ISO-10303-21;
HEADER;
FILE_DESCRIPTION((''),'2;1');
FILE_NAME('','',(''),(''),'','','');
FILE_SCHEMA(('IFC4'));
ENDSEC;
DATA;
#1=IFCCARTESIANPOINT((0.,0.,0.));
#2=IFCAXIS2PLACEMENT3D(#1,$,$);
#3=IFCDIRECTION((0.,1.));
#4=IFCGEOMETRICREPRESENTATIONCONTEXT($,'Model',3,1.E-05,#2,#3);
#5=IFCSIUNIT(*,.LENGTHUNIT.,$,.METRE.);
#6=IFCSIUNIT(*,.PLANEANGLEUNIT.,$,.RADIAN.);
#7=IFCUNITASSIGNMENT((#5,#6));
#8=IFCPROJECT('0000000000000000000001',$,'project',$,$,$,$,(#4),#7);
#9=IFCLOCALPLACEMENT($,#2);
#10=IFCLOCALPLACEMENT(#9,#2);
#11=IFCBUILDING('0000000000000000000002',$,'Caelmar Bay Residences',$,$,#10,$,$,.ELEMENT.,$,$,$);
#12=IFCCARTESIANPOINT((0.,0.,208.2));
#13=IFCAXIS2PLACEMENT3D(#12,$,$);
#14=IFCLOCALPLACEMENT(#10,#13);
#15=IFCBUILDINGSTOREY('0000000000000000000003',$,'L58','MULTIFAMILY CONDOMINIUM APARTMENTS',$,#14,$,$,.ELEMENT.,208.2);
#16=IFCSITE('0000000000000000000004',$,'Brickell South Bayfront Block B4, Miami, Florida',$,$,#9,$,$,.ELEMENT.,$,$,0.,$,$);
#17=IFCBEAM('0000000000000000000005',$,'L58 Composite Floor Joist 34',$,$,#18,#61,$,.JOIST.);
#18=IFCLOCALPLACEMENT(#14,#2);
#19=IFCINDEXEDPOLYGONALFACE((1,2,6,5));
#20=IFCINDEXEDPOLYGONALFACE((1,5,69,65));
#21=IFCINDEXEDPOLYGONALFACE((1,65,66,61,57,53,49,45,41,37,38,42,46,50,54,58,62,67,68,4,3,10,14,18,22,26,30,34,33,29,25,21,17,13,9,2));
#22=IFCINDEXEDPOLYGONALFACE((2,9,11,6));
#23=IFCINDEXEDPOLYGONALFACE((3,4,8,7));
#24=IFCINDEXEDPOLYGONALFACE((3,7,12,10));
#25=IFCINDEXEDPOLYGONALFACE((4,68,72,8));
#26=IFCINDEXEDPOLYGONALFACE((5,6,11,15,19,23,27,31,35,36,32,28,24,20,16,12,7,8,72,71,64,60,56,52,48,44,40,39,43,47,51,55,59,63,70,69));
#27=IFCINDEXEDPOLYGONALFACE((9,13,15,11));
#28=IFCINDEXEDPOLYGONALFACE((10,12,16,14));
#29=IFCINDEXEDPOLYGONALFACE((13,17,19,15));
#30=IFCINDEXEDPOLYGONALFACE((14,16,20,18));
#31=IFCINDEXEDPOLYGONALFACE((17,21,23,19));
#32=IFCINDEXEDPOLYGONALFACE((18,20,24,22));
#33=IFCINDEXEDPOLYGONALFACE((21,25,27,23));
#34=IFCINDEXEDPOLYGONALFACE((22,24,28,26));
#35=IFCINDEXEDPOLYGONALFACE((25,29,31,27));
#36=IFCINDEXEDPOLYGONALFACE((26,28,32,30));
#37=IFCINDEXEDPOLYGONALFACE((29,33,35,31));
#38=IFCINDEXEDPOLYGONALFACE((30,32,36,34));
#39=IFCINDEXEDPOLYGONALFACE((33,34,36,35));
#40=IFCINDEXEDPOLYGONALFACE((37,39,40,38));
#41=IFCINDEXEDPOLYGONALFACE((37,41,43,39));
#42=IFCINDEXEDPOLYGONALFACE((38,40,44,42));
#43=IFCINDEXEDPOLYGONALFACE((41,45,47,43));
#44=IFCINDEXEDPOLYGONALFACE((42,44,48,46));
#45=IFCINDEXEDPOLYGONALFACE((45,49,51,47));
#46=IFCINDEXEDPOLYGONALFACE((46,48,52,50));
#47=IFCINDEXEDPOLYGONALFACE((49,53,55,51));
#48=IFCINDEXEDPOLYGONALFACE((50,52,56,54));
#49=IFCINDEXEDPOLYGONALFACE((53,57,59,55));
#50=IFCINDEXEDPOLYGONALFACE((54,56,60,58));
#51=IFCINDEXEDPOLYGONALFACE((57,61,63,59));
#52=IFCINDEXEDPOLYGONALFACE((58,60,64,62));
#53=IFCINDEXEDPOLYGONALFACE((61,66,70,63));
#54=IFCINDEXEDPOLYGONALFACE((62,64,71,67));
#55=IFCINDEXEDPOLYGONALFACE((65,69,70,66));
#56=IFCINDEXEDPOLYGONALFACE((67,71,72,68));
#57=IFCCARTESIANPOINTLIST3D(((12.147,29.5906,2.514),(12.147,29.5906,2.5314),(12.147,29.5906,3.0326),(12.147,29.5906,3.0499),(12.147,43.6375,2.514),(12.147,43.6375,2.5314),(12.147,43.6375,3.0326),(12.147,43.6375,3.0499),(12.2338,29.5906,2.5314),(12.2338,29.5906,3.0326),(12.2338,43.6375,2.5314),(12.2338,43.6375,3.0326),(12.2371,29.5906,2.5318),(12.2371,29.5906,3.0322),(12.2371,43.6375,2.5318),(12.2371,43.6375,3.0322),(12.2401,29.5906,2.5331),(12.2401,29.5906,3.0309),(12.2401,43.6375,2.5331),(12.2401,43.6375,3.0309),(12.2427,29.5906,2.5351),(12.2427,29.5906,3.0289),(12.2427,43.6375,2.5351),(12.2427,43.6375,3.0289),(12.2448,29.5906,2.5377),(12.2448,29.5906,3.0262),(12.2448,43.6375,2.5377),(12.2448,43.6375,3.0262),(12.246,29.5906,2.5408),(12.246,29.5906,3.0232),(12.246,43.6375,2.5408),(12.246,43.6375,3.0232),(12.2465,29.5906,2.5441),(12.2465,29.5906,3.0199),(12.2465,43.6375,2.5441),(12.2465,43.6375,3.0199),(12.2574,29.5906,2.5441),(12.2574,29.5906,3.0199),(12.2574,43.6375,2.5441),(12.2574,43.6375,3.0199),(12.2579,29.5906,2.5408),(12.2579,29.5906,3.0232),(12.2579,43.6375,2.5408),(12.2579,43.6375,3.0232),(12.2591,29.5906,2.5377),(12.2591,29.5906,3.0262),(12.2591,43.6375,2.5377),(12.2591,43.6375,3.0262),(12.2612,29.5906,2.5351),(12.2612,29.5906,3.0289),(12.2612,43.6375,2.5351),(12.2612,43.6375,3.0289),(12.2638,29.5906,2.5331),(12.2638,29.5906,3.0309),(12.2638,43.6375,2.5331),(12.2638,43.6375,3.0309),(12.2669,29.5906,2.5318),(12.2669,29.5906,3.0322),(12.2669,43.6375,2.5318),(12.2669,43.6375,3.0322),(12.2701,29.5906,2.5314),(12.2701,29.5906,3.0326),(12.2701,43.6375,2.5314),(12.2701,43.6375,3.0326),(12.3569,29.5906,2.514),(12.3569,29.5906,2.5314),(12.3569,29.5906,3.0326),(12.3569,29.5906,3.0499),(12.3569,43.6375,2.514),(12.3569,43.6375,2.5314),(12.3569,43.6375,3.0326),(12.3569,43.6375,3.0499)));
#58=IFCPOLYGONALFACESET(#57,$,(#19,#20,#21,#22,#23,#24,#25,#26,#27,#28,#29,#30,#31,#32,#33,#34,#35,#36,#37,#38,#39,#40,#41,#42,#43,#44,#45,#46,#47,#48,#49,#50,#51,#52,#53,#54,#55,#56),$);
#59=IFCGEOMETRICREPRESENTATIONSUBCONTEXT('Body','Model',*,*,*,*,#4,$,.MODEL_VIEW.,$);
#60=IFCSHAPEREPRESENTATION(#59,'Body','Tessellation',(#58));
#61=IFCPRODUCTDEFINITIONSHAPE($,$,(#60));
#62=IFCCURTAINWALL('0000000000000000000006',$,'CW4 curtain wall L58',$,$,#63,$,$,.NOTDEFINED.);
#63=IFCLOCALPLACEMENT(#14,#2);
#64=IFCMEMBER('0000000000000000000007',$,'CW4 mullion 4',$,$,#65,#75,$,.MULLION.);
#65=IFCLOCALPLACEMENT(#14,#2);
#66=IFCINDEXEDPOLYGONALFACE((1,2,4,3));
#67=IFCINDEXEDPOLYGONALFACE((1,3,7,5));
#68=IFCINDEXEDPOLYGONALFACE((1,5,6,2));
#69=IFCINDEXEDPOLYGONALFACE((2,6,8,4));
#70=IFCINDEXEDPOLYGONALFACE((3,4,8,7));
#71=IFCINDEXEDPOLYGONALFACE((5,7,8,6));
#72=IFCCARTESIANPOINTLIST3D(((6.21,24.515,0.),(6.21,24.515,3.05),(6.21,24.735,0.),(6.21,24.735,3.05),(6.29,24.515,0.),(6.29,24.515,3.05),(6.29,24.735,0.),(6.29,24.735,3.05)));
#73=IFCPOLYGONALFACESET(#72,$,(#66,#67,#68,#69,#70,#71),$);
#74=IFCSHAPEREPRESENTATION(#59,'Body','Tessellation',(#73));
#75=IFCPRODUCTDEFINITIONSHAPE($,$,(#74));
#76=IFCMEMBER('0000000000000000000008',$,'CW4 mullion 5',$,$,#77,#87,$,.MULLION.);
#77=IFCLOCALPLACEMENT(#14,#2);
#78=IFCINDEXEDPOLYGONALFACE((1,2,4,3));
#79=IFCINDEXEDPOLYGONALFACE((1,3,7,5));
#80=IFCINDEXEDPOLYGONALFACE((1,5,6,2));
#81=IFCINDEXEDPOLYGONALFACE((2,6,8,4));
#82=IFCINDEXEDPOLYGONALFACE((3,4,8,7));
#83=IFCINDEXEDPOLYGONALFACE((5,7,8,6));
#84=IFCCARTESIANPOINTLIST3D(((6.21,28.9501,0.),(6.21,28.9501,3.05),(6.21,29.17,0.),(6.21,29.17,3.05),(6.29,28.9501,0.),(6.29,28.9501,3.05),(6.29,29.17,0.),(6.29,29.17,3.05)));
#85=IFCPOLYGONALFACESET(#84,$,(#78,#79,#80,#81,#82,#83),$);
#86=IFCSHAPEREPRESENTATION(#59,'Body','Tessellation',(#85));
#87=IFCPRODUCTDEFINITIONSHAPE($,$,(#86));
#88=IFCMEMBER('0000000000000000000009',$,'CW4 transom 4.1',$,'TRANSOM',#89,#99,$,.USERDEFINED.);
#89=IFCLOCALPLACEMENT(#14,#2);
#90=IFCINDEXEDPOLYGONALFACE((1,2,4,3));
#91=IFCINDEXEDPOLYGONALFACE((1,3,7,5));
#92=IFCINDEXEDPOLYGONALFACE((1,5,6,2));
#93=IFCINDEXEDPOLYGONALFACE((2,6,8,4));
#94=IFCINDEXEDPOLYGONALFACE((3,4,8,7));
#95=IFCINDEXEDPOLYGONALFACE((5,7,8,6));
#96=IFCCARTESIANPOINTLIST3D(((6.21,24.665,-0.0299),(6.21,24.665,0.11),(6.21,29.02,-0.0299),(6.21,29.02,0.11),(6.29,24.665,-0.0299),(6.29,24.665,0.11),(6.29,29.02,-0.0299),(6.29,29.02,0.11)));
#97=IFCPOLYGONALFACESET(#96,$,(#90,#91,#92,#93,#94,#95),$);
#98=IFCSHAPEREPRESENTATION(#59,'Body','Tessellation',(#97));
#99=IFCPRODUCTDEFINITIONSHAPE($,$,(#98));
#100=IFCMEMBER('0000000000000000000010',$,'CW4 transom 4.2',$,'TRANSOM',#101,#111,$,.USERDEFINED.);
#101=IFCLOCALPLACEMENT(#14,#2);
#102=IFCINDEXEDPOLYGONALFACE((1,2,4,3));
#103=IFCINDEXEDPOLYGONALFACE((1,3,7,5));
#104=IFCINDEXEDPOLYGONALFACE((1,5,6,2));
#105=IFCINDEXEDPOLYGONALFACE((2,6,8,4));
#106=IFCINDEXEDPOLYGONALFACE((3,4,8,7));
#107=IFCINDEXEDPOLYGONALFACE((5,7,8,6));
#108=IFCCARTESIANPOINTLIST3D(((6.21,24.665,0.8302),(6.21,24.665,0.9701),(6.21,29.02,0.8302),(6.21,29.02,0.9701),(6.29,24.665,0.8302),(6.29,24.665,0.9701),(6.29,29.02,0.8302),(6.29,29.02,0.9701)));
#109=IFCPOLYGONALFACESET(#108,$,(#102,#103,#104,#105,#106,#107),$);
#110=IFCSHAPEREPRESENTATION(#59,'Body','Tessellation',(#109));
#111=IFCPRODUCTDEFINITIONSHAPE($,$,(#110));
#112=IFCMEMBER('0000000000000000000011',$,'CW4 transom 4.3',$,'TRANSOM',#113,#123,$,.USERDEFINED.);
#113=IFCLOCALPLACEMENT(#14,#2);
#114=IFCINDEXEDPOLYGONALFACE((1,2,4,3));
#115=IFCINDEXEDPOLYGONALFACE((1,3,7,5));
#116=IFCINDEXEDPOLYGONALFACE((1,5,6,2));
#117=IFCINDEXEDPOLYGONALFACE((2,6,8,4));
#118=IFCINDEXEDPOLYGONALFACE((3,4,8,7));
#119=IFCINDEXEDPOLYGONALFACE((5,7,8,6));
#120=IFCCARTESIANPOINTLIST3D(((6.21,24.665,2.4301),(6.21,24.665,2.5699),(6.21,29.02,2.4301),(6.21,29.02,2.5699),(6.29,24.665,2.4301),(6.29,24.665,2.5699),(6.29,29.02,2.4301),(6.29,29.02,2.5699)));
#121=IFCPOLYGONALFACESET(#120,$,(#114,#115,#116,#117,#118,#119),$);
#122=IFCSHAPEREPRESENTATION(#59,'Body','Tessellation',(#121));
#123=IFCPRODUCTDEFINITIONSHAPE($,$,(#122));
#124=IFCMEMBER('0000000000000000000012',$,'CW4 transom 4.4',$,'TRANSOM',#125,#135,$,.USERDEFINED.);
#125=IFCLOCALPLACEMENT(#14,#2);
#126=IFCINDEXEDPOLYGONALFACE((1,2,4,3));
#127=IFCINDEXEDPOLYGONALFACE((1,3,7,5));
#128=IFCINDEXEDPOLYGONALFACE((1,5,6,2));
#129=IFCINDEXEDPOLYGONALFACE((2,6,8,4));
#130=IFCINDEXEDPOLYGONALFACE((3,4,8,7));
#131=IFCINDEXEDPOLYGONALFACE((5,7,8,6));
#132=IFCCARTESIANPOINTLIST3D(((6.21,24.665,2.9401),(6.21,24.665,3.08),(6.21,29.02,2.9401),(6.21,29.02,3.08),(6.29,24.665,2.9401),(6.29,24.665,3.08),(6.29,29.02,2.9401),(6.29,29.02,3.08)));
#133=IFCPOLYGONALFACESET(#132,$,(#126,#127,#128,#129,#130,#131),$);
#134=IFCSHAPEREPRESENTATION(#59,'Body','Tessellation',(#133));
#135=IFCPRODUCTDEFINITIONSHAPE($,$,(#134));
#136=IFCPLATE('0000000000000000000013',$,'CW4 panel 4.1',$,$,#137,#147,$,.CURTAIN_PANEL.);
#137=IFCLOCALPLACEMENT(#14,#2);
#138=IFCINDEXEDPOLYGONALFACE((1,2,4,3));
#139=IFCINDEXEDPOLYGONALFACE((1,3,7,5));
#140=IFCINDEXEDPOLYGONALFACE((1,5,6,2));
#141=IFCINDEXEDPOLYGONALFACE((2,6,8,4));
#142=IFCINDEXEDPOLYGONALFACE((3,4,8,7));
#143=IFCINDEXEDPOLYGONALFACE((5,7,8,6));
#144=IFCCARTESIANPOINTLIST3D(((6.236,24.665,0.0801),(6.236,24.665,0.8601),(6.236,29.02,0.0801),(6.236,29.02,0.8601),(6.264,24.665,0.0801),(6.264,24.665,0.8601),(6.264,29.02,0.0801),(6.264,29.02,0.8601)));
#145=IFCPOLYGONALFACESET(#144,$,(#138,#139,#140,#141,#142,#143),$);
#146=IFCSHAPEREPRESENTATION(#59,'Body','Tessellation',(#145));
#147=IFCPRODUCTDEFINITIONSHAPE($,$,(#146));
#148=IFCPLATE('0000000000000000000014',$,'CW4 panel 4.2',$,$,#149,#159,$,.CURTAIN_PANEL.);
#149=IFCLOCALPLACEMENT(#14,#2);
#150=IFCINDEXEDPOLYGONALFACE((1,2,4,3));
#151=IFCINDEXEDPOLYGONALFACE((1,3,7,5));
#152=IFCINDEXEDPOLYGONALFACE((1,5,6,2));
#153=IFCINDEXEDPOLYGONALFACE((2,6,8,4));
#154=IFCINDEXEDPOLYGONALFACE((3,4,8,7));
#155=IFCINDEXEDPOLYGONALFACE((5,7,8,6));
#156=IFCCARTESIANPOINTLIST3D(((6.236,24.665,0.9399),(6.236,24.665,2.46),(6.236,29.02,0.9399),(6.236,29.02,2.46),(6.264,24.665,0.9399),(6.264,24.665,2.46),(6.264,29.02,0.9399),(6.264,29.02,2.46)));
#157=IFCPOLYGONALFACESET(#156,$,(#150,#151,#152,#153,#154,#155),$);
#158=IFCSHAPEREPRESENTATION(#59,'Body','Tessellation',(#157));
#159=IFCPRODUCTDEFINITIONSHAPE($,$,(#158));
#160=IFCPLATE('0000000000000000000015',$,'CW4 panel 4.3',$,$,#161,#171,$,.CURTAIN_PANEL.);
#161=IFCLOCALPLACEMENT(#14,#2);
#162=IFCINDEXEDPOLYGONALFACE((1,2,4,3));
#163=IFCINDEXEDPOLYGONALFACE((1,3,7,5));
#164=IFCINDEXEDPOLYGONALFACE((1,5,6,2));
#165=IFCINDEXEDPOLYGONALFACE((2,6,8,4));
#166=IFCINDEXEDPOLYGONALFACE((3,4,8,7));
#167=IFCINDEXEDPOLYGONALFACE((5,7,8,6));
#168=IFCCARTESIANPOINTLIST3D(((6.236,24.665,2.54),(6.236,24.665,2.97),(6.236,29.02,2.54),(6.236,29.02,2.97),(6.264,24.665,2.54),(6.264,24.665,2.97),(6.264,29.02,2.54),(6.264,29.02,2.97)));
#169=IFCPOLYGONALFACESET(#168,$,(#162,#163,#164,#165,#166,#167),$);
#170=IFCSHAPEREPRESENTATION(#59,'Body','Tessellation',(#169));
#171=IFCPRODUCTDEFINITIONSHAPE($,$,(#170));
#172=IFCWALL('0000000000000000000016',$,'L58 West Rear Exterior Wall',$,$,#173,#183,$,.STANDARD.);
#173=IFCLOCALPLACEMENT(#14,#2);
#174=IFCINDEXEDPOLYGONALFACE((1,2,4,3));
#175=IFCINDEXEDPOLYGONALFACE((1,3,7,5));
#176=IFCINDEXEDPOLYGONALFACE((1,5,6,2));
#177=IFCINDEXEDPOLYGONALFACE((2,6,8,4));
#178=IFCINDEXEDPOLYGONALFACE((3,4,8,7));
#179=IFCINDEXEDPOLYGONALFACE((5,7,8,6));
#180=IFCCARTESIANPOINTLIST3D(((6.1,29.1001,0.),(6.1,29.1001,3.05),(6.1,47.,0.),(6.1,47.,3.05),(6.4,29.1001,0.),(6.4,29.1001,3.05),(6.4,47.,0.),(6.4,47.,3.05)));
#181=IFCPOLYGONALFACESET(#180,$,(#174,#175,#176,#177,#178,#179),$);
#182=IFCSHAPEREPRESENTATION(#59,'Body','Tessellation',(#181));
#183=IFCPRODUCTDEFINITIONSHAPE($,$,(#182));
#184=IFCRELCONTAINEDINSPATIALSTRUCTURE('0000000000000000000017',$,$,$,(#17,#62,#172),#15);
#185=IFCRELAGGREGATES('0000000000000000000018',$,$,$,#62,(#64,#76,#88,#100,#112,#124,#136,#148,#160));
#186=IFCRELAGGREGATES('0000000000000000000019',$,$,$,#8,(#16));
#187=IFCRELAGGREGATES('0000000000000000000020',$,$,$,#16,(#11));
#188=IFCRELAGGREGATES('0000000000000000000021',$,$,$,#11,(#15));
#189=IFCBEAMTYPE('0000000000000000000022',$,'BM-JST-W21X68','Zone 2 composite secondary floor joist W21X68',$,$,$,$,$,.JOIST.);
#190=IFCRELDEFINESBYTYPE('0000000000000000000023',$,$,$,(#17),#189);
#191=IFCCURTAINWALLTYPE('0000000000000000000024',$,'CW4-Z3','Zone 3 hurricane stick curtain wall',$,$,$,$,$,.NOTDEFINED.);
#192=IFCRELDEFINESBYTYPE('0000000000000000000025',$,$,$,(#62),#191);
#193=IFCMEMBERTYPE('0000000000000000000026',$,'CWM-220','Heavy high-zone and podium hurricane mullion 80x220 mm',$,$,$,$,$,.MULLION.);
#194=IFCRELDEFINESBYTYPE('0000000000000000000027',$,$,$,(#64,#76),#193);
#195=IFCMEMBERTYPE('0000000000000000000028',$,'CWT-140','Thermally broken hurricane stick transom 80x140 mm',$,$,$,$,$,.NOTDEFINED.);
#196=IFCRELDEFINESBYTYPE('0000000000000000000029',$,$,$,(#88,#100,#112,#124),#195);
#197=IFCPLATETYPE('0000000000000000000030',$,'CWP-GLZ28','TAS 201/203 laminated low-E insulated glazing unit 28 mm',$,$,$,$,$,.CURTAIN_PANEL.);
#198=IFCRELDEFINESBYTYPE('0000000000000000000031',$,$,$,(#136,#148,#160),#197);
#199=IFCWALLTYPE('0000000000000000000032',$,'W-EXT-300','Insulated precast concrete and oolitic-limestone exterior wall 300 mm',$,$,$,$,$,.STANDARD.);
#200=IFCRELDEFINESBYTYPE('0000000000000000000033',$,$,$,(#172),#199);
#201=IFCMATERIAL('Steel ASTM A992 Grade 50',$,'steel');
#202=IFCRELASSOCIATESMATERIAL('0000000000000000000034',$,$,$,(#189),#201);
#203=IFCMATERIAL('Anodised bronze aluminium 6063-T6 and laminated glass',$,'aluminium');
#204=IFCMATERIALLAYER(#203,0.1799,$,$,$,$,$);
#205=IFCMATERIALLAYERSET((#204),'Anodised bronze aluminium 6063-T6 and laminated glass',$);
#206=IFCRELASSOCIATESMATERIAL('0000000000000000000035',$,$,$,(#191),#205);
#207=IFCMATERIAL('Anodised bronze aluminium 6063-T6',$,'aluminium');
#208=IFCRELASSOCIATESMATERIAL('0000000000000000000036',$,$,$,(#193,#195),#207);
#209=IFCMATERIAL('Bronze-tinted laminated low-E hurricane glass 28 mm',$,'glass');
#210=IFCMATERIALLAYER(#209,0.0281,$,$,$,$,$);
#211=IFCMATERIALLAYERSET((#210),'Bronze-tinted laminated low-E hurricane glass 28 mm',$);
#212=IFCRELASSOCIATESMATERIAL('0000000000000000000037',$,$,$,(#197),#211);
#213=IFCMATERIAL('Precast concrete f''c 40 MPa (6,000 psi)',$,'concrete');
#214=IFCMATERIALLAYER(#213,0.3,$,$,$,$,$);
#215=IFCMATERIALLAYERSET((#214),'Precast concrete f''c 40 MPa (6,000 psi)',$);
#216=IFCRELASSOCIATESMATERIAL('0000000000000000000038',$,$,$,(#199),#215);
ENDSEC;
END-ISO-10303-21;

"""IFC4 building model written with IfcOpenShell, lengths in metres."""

from ifc_helpers import new_model, si_unit, direction, frame, frame_2d, origin, origin_2d, place, context, subcontext, project, spatial, rectangle, i_section, extrude, material, layer, layer_set, material_profile, profile_set, type_object, element, aggregate, save


model = new_model("IFC4")

# Units and contexts
model_context = context("Model", 3, precision=1e-05, world=origin(), true_north=direction((0.0, 1.0)))
body_context = subcontext(model_context, "Body", "Model", "MODEL_VIEW")
ifc_project = project(units=[si_unit("LENGTHUNIT", "METRE"), si_unit("PLANEANGLEUNIT", "RADIAN")], contexts=[model_context])

# Site, building, storey
site_placement = place(None, origin())
site = spatial("IfcSite", under=ifc_project, at=site_placement, Name="Brickell South Bayfront Block B4, Miami, Florida", CompositionType="ELEMENT", RefElevation=0.0)
building_placement = place(site_placement, origin())
building = spatial("IfcBuilding", under=site, at=building_placement, Name="Caelmar Bay Residences", CompositionType="ELEMENT")
storey_placement = place(building_placement, frame((0.0, 0.0, 208.2)))
storey = spatial("IfcBuildingStorey", under=building, at=storey_placement, Name="L58", Description="MULTIFAMILY CONDOMINIUM APARTMENTS", CompositionType="ELEMENT", Elevation=208.2)

# Beam
ifc_material_1 = material(Name="Steel ASTM A992 Grade 50", Category="steel")
ifc_material_profile_1 = material_profile(ifc_material_1, i_section(OverallWidth=0.21, OverallDepth=0.5359, WebThickness=0.011, FlangeThickness=0.0173, FilletRadius=0.0127, at=origin_2d()), Name="W21X68")
ifc_profile_set_1 = profile_set([ifc_material_profile_1], Name="Steel ASTM A992 Grade 50")
beam_type_1 = type_object("IfcBeamType", Name="BM-JST-W21X68", Description="Zone 2 composite secondary floor joist W21X68", PredefinedType="JOIST", material=ifc_profile_set_1)
beam_1_placement = place(storey_placement, frame((12.252, 29.5906, 2.782), z_axis=(0.0, 1.0, 0.0), x_axis=(-1.0, 0.0, 0.0)))
element("IfcBeam", 1, at=beam_1_placement, inside=storey, type_object=beam_type_1, Name="L58 Composite Floor Joist 34", PredefinedType="JOIST", context=body_context, shape_type="SweptSolid", body=[
    extrude(i_section(OverallWidth=0.21, OverallDepth=0.5359, WebThickness=0.011, FlangeThickness=0.0173, FilletRadius=0.0127, at=origin_2d()), origin(), (0.0, 0.0, 1.0), 14.0469),
])

# Curtain wall, members, plates
ifc_material_2 = material(Name="Anodised bronze aluminium 6063-T6 and laminated glass", Category="aluminium")
ifc_layer_1 = layer(ifc_material_2, 0.1799)
ifc_layer_set_1 = layer_set([ifc_layer_1], Name="Anodised bronze aluminium 6063-T6 and laminated glass")
curtain_wall_type = type_object("IfcCurtainWallType", Name="CW4-Z3", Description="Zone 3 hurricane stick curtain wall", PredefinedType="NOTDEFINED", material=ifc_layer_set_1)
curtain_wall_placement = place(storey_placement, origin())
curtain_wall = element("IfcCurtainWall", 2, at=curtain_wall_placement, inside=storey, type_object=curtain_wall_type, Name="CW4 curtain wall L58", PredefinedType="NOTDEFINED")
ifc_material_3 = material(Name="Anodised bronze aluminium 6063-T6", Category="aluminium")
ifc_material_profile_2 = material_profile(ifc_material_3, rectangle(XDim=0.0801, YDim=0.22, at=origin_2d()), Name="CWM-80X220")
ifc_profile_set_2 = profile_set([ifc_material_profile_2], Name="Anodised bronze aluminium 6063-T6")
member_type_1 = type_object("IfcMemberType", Name="CWM-220", Description="Heavy high-zone and podium hurricane mullion 80x220 mm", PredefinedType="MULLION", material=ifc_profile_set_2)
member_1_placement = place(storey_placement, frame((6.25, 24.625, 0.0), z_axis=(0.0, 0.0, 1.0), x_axis=(-1.0, 0.0, 0.0)))
member_1 = element("IfcMember", 3, at=member_1_placement, type_object=member_type_1, Name="CW4 mullion 4", PredefinedType="MULLION", context=body_context, shape_type="SweptSolid", body=[
    extrude(rectangle(XDim=0.0801, YDim=0.22, at=origin_2d()), origin(), (0.0, 0.0, 1.0), 3.05),
])
member_2_placement = place(storey_placement, frame((6.25, 29.0601, 0.0), z_axis=(0.0, 0.0, 1.0), x_axis=(-1.0, 0.0, 0.0)))
member_2 = element("IfcMember", 4, at=member_2_placement, type_object=member_type_1, Name="CW4 mullion 5", PredefinedType="MULLION", context=body_context, shape_type="SweptSolid", body=[
    extrude(rectangle(XDim=0.0801, YDim=0.22, at=origin_2d()), origin(), (0.0, 0.0, 1.0), 3.05),
])
ifc_material_profile_3 = material_profile(ifc_material_3, rectangle(XDim=0.0801, YDim=0.1399, at=origin_2d()), Name="CWT-80X140")
ifc_profile_set_3 = profile_set([ifc_material_profile_3], Name="Anodised bronze aluminium 6063-T6")
member_type_2 = type_object("IfcMemberType", Name="CWT-140", Description="Thermally broken hurricane stick transom 80x140 mm", PredefinedType="NOTDEFINED", material=ifc_profile_set_3)
member_3_placement = place(storey_placement, frame((6.25, 24.665, 0.04), z_axis=(0.0, 1.0, 0.0), x_axis=(-1.0, 0.0, 0.0)))
member_3 = element("IfcMember", 5, at=member_3_placement, type_object=member_type_2, Name="CW4 transom 4.1", ObjectType="TRANSOM", PredefinedType="USERDEFINED", context=body_context, shape_type="SweptSolid", body=[
    extrude(rectangle(XDim=0.0801, YDim=0.1399, at=origin_2d()), origin(), (0.0, 0.0, 1.0), 4.355),
])
member_4_placement = place(storey_placement, frame((6.25, 24.665, 0.9001), z_axis=(0.0, 1.0, 0.0), x_axis=(-1.0, 0.0, 0.0)))
member_4 = element("IfcMember", 6, at=member_4_placement, type_object=member_type_2, Name="CW4 transom 4.2", ObjectType="TRANSOM", PredefinedType="USERDEFINED", context=body_context, shape_type="SweptSolid", body=[
    extrude(rectangle(XDim=0.0801, YDim=0.1399, at=origin_2d()), origin(), (0.0, 0.0, 1.0), 4.355),
])
member_5_placement = place(storey_placement, frame((6.25, 24.665, 2.5), z_axis=(0.0, 1.0, 0.0), x_axis=(-1.0, 0.0, 0.0)))
member_5 = element("IfcMember", 7, at=member_5_placement, type_object=member_type_2, Name="CW4 transom 4.3", ObjectType="TRANSOM", PredefinedType="USERDEFINED", context=body_context, shape_type="SweptSolid", body=[
    extrude(rectangle(XDim=0.0801, YDim=0.1399, at=origin_2d()), origin(), (0.0, 0.0, 1.0), 4.355),
])
member_6_placement = place(storey_placement, frame((6.25, 24.665, 3.01), z_axis=(0.0, 1.0, 0.0), x_axis=(-1.0, 0.0, 0.0)))
member_6 = element("IfcMember", 8, at=member_6_placement, type_object=member_type_2, Name="CW4 transom 4.4", ObjectType="TRANSOM", PredefinedType="USERDEFINED", context=body_context, shape_type="SweptSolid", body=[
    extrude(rectangle(XDim=0.0801, YDim=0.1399, at=origin_2d()), origin(), (0.0, 0.0, 1.0), 4.355),
])
ifc_material_4 = material(Name="Bronze-tinted laminated low-E hurricane glass 28 mm", Category="glass")
ifc_layer_2 = layer(ifc_material_4, 0.0281)
ifc_layer_set_2 = layer_set([ifc_layer_2], Name="Bronze-tinted laminated low-E hurricane glass 28 mm")
plate_type = type_object("IfcPlateType", Name="CWP-GLZ28", Description="TAS 201/203 laminated low-E insulated glazing unit 28 mm", PredefinedType="CURTAIN_PANEL", material=ifc_layer_set_2)
plate_1_placement = place(storey_placement, frame((6.25, 26.8425, 0.0801), z_axis=(0.0, 0.0, 1.0), x_axis=(0.0, 1.0, 0.0)))
plate_1 = element("IfcPlate", 9, at=plate_1_placement, type_object=plate_type, Name="CW4 panel 4.1", PredefinedType="CURTAIN_PANEL", context=body_context, shape_type="SweptSolid", body=[
    extrude(rectangle(XDim=4.355, YDim=0.0281, at=origin_2d()), origin(), (0.0, 0.0, 1.0), 0.78),
])
plate_2_placement = place(storey_placement, frame((6.25, 26.8425, 0.9399), z_axis=(0.0, 0.0, 1.0), x_axis=(0.0, 1.0, 0.0)))
plate_2 = element("IfcPlate", 10, at=plate_2_placement, type_object=plate_type, Name="CW4 panel 4.2", PredefinedType="CURTAIN_PANEL", context=body_context, shape_type="SweptSolid", body=[
    extrude(rectangle(XDim=4.355, YDim=0.0281, at=origin_2d()), origin(), (0.0, 0.0, 1.0), 1.52),
])
plate_3_placement = place(storey_placement, frame((6.25, 26.8425, 2.54), z_axis=(0.0, 0.0, 1.0), x_axis=(0.0, 1.0, 0.0)))
plate_3 = element("IfcPlate", 11, at=plate_3_placement, type_object=plate_type, Name="CW4 panel 4.3", PredefinedType="CURTAIN_PANEL", context=body_context, shape_type="SweptSolid", body=[
    extrude(rectangle(XDim=4.355, YDim=0.0281, at=origin_2d()), origin(), (0.0, 0.0, 1.0), 0.4299),
])
aggregate(curtain_wall, [member_1, member_2, member_3, member_4, member_5, member_6, plate_1, plate_2, plate_3])

# Wall
ifc_material_5 = material(Name="Precast concrete f'c 40 MPa (6,000 psi)", Category="concrete")
ifc_layer_3 = layer(ifc_material_5, 0.3)
ifc_layer_set_3 = layer_set([ifc_layer_3], Name="Precast concrete f'c 40 MPa (6,000 psi)")
wall_type_1 = type_object("IfcWallType", Name="W-EXT-300", Description="Insulated precast concrete and oolitic-limestone exterior wall 300 mm", PredefinedType="STANDARD", material=ifc_layer_set_3)
wall_1_placement = place(storey_placement, frame((6.25, 29.1001, 0.0), z_axis=(0.0, 0.0, 1.0), x_axis=(0.0, 1.0, 0.0)))
element("IfcWall", 12, at=wall_1_placement, inside=storey, type_object=wall_type_1, Name="L58 West Rear Exterior Wall", PredefinedType="STANDARD", context=body_context, shape_type="SweptSolid", body=[
    extrude(rectangle(XDim=17.8999, YDim=0.3, at=frame_2d((8.95, 0.0))), origin(), (0.0, 0.0, 1.0), 3.05),
])

save(model, "model.ifc")
